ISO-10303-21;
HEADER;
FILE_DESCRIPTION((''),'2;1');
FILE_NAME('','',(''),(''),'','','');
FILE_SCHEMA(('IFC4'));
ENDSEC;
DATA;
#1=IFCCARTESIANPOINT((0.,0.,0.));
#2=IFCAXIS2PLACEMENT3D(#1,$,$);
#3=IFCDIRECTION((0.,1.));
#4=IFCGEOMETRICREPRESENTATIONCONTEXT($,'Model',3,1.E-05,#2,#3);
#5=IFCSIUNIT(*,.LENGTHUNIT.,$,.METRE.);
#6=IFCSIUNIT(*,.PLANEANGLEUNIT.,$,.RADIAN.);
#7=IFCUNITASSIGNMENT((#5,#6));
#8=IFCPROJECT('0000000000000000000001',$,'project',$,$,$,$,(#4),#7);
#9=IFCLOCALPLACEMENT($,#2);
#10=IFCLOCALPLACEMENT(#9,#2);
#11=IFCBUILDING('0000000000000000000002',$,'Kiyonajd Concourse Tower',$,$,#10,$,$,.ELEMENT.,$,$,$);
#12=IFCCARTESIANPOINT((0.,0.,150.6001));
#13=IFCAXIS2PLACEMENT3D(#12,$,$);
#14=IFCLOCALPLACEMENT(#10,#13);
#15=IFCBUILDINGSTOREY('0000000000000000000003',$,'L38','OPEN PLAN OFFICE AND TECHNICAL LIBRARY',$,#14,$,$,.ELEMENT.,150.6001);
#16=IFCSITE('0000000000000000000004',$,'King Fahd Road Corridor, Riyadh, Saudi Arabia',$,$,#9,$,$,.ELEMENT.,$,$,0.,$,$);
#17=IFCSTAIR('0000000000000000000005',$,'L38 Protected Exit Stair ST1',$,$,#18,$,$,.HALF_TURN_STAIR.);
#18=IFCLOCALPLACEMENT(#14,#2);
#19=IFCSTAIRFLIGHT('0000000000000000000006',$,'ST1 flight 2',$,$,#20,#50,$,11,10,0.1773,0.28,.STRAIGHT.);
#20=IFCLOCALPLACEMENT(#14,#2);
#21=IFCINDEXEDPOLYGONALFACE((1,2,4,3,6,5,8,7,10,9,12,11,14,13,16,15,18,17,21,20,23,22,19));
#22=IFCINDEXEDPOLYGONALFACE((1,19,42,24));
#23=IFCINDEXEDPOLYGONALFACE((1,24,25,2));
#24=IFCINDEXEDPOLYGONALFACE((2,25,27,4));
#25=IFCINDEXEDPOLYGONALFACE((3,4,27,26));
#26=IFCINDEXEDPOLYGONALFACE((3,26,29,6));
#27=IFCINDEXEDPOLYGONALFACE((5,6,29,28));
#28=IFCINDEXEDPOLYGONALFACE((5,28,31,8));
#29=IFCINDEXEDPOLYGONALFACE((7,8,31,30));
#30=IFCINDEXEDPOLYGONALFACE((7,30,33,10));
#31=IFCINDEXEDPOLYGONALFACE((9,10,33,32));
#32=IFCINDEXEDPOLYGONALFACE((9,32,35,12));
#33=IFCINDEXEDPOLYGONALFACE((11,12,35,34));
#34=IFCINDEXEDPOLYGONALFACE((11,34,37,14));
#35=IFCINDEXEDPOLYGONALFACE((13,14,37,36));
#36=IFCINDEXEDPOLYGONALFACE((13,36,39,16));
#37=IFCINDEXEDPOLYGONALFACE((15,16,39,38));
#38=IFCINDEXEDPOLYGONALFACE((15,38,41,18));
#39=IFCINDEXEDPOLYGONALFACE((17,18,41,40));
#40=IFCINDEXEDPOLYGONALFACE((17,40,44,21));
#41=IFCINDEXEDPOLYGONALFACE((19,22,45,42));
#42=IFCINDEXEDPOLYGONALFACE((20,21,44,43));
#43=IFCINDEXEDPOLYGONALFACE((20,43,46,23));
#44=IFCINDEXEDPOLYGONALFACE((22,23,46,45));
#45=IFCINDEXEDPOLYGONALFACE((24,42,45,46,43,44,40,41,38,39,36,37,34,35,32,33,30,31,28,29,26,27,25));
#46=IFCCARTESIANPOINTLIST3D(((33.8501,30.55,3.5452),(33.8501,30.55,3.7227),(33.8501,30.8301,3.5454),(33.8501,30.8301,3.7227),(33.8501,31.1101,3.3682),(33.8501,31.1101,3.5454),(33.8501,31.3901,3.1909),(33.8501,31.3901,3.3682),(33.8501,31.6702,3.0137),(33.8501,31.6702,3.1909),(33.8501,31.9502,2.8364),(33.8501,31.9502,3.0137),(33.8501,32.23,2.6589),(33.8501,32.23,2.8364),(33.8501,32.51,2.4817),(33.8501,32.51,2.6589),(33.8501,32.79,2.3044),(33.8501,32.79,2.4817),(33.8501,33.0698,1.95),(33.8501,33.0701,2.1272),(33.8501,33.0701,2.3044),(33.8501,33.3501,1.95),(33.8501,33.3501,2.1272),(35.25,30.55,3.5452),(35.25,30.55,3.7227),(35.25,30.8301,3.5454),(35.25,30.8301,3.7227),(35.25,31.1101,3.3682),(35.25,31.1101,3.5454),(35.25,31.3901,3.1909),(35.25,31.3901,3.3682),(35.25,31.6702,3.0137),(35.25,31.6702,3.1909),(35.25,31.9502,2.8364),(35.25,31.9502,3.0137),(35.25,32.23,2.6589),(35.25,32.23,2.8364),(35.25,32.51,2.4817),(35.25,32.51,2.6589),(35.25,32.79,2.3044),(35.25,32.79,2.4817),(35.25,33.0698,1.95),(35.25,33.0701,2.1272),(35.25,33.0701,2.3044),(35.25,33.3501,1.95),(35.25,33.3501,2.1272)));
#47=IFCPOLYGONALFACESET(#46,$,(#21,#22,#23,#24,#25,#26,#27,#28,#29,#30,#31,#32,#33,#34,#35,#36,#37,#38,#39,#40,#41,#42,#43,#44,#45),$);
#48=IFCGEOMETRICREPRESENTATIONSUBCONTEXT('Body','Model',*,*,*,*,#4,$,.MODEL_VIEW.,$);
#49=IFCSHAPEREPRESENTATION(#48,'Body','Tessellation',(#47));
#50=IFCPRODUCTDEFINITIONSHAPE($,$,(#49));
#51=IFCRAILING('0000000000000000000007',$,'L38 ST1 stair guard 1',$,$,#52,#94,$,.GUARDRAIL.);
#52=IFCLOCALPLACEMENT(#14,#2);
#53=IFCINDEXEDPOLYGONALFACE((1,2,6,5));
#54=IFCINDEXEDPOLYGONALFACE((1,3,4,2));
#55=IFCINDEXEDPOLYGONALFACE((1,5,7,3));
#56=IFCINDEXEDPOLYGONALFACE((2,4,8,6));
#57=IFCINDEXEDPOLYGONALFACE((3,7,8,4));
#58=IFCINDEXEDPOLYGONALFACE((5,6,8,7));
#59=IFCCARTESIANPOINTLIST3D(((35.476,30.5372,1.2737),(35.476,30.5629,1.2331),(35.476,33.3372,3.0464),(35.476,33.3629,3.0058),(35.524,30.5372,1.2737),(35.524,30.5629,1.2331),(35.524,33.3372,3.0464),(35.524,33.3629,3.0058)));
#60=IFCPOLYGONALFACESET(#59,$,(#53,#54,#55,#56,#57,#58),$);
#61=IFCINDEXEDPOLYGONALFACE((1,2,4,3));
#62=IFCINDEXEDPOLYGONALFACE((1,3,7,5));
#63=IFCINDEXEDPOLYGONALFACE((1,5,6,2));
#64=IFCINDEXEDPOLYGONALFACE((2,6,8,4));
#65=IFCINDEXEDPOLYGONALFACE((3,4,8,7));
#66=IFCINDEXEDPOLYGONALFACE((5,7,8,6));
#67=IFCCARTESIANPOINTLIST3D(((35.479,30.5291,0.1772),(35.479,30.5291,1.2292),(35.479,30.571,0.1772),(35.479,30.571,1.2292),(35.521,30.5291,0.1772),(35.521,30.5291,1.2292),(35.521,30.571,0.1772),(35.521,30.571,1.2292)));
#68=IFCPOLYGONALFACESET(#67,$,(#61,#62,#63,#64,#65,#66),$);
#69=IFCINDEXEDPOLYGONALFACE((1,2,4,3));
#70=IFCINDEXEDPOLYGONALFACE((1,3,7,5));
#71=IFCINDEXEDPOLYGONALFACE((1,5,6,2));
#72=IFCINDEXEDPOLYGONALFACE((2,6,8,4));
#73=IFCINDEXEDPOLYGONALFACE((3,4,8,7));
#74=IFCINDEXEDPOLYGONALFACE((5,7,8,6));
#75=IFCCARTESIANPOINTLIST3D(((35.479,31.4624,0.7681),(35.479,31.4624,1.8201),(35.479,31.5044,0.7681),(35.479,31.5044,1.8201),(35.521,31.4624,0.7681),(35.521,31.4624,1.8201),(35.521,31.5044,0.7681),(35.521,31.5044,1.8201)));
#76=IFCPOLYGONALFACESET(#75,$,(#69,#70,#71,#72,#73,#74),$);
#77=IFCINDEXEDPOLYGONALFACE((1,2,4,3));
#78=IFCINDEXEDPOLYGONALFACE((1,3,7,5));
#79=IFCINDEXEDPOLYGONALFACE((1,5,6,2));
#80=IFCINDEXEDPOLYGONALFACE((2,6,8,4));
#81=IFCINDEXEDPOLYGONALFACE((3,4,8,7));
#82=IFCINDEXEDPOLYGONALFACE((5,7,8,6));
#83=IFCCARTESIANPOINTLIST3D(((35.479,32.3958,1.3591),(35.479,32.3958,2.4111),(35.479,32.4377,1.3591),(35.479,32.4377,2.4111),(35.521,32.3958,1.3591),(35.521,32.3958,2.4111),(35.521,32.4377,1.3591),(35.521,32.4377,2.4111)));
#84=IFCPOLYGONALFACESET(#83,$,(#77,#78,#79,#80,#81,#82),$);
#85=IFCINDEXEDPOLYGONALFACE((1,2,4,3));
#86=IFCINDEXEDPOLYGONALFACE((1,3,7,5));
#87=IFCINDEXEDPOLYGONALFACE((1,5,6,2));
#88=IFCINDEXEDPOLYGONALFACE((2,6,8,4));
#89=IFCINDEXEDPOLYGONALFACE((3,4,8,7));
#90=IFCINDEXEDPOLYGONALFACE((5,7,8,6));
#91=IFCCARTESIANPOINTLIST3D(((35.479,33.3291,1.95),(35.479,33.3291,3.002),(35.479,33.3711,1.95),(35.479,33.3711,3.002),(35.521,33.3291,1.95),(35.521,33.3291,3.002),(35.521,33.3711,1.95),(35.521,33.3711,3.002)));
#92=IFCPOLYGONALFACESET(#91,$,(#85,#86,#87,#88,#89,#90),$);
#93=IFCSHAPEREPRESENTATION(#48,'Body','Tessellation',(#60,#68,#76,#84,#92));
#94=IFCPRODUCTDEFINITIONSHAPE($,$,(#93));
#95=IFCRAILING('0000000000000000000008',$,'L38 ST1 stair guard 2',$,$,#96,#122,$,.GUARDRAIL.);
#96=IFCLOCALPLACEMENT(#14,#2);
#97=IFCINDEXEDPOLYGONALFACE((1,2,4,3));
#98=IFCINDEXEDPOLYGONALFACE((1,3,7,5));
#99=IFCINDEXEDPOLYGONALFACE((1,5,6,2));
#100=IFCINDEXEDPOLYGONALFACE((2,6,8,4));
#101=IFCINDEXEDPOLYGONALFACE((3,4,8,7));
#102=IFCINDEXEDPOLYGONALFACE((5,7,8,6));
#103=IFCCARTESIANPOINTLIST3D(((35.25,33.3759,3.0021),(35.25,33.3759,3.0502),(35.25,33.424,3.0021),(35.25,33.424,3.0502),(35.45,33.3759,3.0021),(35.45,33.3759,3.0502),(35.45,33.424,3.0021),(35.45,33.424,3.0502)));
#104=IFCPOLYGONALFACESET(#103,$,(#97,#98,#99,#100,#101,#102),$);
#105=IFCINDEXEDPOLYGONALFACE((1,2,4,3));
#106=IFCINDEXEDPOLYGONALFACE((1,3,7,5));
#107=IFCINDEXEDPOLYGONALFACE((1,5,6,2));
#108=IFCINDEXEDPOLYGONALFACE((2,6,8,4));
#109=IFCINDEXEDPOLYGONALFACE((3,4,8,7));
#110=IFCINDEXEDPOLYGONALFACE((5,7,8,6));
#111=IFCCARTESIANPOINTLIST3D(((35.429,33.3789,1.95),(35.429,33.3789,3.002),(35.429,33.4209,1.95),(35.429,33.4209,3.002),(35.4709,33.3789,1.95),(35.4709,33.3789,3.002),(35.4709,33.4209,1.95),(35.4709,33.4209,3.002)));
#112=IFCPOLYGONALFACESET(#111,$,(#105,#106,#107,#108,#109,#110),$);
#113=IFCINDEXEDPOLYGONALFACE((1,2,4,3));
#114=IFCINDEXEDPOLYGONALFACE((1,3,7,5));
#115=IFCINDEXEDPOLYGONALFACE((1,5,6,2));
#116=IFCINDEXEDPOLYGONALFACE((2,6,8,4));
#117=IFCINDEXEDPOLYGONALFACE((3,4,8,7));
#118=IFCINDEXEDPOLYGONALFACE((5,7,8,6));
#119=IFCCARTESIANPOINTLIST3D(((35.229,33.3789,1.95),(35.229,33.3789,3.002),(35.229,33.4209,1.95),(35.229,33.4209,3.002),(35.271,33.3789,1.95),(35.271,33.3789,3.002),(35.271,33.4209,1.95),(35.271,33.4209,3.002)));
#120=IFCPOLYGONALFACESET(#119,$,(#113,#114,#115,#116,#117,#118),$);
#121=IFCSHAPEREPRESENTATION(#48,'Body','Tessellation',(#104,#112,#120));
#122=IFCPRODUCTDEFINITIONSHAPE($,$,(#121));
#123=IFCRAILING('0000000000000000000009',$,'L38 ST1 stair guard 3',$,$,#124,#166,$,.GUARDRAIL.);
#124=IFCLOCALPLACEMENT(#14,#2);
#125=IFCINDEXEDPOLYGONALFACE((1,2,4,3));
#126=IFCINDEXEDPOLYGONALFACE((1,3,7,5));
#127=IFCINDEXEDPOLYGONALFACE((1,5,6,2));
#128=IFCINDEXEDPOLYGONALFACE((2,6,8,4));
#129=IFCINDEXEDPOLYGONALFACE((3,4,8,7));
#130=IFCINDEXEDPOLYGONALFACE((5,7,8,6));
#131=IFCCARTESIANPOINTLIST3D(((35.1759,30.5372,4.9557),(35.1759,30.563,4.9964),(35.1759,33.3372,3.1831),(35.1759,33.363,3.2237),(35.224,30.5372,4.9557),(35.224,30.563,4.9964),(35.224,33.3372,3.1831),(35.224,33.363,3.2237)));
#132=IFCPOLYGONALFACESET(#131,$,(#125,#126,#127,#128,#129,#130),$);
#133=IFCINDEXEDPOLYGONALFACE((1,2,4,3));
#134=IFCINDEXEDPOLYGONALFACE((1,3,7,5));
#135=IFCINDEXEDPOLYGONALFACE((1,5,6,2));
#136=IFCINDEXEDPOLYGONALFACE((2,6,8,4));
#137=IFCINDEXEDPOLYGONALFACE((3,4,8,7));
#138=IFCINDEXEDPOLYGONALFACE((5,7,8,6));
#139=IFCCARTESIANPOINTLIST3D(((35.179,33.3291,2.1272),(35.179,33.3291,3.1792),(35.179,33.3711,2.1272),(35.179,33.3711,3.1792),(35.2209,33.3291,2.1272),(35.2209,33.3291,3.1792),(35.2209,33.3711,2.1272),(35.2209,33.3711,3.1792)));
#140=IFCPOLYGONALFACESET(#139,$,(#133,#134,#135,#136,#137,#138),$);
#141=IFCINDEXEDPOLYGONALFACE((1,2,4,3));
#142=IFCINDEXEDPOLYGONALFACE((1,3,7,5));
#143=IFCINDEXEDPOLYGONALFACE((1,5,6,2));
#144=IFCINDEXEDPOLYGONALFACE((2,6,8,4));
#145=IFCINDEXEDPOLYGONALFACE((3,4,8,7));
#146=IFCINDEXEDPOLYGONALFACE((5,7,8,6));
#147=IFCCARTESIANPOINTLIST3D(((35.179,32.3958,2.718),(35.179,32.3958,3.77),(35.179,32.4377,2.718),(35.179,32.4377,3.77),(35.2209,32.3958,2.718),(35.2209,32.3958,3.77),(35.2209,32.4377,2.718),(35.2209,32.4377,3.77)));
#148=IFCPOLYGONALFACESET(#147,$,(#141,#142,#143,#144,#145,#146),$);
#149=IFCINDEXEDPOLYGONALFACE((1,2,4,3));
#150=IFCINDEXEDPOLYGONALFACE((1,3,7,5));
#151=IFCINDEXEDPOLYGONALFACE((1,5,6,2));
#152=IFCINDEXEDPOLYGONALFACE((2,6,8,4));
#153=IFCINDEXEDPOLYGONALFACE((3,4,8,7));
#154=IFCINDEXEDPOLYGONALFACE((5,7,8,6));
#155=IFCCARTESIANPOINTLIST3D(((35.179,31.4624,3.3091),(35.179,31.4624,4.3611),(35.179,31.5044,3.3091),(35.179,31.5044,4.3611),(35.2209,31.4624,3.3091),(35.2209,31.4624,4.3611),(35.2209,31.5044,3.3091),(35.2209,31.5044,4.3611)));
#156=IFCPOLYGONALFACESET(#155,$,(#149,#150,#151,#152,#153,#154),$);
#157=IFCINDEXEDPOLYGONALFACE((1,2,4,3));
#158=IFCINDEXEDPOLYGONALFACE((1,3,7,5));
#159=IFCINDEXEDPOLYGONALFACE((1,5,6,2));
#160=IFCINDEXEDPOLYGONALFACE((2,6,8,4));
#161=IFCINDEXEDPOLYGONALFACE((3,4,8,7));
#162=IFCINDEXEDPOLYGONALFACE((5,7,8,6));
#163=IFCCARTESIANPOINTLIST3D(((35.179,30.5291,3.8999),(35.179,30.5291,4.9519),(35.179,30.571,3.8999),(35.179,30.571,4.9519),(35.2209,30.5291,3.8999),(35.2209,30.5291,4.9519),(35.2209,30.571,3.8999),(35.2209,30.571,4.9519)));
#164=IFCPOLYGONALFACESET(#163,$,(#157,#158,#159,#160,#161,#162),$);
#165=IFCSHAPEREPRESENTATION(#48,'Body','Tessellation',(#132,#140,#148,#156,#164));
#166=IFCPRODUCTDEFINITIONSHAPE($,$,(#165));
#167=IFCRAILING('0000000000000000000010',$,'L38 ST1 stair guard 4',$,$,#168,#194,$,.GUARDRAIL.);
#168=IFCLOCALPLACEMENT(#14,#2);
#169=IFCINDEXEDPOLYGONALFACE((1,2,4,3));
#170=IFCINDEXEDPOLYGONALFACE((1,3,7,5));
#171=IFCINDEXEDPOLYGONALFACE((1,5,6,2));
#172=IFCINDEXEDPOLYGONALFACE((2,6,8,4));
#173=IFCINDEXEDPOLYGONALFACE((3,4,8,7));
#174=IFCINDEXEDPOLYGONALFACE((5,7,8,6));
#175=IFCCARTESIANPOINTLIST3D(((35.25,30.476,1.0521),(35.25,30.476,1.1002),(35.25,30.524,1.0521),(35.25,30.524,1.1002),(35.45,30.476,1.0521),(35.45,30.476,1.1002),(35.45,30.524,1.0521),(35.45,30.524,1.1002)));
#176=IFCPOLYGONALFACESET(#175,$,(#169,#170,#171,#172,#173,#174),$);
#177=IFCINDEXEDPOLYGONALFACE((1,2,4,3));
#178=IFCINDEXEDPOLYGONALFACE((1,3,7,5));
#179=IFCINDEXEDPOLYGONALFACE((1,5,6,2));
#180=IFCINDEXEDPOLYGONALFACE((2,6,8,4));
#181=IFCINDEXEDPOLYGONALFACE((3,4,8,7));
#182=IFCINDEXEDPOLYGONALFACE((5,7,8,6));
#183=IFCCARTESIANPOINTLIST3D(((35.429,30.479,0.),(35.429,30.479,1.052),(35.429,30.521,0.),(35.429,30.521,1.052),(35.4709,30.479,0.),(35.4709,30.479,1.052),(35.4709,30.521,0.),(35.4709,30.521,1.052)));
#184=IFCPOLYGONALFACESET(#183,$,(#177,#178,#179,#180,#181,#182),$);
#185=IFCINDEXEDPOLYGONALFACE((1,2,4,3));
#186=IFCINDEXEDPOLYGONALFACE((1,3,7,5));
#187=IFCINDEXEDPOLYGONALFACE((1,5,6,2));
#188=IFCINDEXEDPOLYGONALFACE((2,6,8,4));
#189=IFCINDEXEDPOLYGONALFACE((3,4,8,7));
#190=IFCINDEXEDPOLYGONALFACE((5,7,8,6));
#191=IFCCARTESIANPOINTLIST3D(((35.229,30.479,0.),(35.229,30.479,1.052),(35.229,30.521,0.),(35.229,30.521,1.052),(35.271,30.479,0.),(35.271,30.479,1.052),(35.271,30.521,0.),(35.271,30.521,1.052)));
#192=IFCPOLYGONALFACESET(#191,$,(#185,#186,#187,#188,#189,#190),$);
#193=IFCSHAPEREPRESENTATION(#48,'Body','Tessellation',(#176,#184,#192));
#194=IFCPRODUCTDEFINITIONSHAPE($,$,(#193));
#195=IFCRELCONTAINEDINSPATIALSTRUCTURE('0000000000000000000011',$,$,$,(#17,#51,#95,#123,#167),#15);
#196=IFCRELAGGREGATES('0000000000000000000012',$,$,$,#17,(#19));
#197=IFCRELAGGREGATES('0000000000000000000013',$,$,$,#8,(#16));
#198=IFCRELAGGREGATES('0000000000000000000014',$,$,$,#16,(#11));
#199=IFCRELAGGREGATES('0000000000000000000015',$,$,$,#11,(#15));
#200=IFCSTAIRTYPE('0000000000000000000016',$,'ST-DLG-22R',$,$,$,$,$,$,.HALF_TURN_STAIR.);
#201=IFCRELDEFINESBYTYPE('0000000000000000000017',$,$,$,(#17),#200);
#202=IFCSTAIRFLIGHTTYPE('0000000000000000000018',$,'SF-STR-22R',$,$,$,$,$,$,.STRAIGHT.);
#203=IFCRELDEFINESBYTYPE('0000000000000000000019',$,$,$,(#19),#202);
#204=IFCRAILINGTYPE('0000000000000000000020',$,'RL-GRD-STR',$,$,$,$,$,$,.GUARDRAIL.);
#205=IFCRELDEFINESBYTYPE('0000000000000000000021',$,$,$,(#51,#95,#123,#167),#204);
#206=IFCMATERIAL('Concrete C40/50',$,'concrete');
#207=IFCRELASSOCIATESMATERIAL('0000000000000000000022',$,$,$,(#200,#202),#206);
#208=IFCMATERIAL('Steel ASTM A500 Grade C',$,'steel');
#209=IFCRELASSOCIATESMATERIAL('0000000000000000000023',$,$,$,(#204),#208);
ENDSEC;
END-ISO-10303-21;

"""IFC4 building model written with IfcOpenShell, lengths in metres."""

from ifc_helpers import new_model, si_unit, direction, frame, origin, origin_2d, place, context, subcontext, project, spatial, polyline, rectangle, outline, extrude, material, type_object, element, aggregate, save


model = new_model("IFC4")

# Units and contexts
model_context = context("Model", 3, precision=1e-05, world=origin(), true_north=direction((0.0, 1.0)))
body_context = subcontext(model_context, "Body", "Model", "MODEL_VIEW")
ifc_project = project(units=[si_unit("LENGTHUNIT", "METRE"), si_unit("PLANEANGLEUNIT", "RADIAN")], contexts=[model_context])

# Site, building, storey
site_placement = place(None, origin())
site = spatial("IfcSite", under=ifc_project, at=site_placement, Name="King Fahd Road Corridor, Riyadh, Saudi Arabia", CompositionType="ELEMENT", RefElevation=0.0)
building_placement = place(site_placement, origin())
building = spatial("IfcBuilding", under=site, at=building_placement, Name="Kiyonajd Concourse Tower", CompositionType="ELEMENT")
storey_placement = place(building_placement, frame((0.0, 0.0, 150.6001)))
storey = spatial("IfcBuildingStorey", under=building, at=storey_placement, Name="L38", Description="OPEN PLAN OFFICE AND TECHNICAL LIBRARY", CompositionType="ELEMENT", Elevation=150.6001)

# Stair, stair flight
ifc_material_1 = material(Name="Concrete C40/50", Category="concrete")
stair_type = type_object("IfcStairType", Name="ST-DLG-22R", PredefinedType="HALF_TURN_STAIR", material=ifc_material_1)
stair_placement = place(storey_placement, origin())
stair = element("IfcStair", 1, at=stair_placement, inside=storey, type_object=stair_type, Name="L38 Protected Exit Stair ST1", PredefinedType="HALF_TURN_STAIR")
stair_flight_type = type_object("IfcStairFlightType", Name="SF-STR-22R", PredefinedType="STRAIGHT", material=ifc_material_1)
stair_flight_1_placement = place(storey_placement, frame((34.55, 33.3501, 1.95), z_axis=(0.0, 0.0, 1.0), x_axis=(0.0, -1.0, 0.0)))
stair_flight_1 = element("IfcStairFlight", 2, at=stair_flight_1_placement, type_object=stair_flight_type, Name="ST1 flight 2", NumberOfRisers=11, NumberOfTreads=10, PredefinedType="STRAIGHT", RiserHeight=0.1773, TreadLength=0.28, context=body_context, shape_type="SweptSolid", body=[
    extrude(outline(polyline([(0.0, 0.0), (0.0, 0.1772), (0.28, 0.1772), (0.28, 0.3545), (0.5601, 0.3545), (0.5601, 0.5317), (0.8401, 0.5317), (0.8401, 0.709), (1.1201, 0.709), (1.1201, 0.8865), (1.3999, 0.8865), (1.3999, 1.0637), (1.6799, 1.0637), (1.6799, 1.241), (1.96, 1.241), (1.96, 1.4182), (2.24, 1.4182), (2.24, 1.5955), (2.52, 1.5955), (2.52, 1.7727), (2.8, 1.7727), (2.8, 1.95), (2.8, 1.5952), (0.2803, 0.0), (0.0, 0.0)])), frame((0.0, 0.7, 0.0), z_axis=(0.0, -1.0, 0.0), x_axis=(1.0, 0.0, 0.0)), (0.0, 0.0, 1.0), 1.3999),
])
aggregate(stair, [stair_flight_1])

# Railings
ifc_material_2 = material(Name="Steel ASTM A500 Grade C", Category="steel")
railing_type_1 = type_object("IfcRailingType", Name="RL-GRD-STR", PredefinedType="GUARDRAIL", material=ifc_material_2)
railing_1_placement = place(storey_placement, frame((35.5, 30.55, 0.1772)))
element("IfcRailing", 3, at=railing_1_placement, inside=storey, type_object=railing_type_1, Name="L38 ST1 stair guard 1", PredefinedType="GUARDRAIL", context=body_context, shape_type="SweptSolid", body=[
    extrude(rectangle(XDim=0.0481, YDim=0.0481, at=origin_2d()), frame((0.0, 0.0, 1.0762), z_axis=(0.0, 0.844909, 0.53491), x_axis=(-1.0, 0.0, 0.0)), (0.0, 0.0, 1.0), 3.314),
    extrude(rectangle(XDim=0.042, YDim=0.042, at=origin_2d()), origin(), (0.0, 0.0, 1.0), 1.052),
    extrude(rectangle(XDim=0.042, YDim=0.042, at=origin_2d()), frame((0.0, 0.9333, 0.5908)), (0.0, 0.0, 1.0), 1.052),
    extrude(rectangle(XDim=0.042, YDim=0.042, at=origin_2d()), frame((0.0, 1.8667, 1.1819)), (0.0, 0.0, 1.0), 1.052),
    extrude(rectangle(XDim=0.042, YDim=0.042, at=origin_2d()), frame((0.0, 2.8, 1.7727)), (0.0, 0.0, 1.0), 1.052),
])
railing_2_placement = place(storey_placement, frame((35.45, 33.3999, 1.95)))
element("IfcRailing", 4, at=railing_2_placement, inside=storey, type_object=railing_type_1, Name="L38 ST1 stair guard 2", PredefinedType="GUARDRAIL", context=body_context, shape_type="SweptSolid", body=[
    extrude(rectangle(XDim=0.0481, YDim=0.0481, at=origin_2d()), frame((0.0, 0.0, 1.0762), z_axis=(-1.0, 0.0, 0.0), x_axis=(0.0, -1.0, 0.0)), (0.0, 0.0, 1.0), 0.2),
    extrude(rectangle(XDim=0.042, YDim=0.042, at=origin_2d()), origin(), (0.0, 0.0, 1.0), 1.052),
    extrude(rectangle(XDim=0.042, YDim=0.042, at=origin_2d()), frame((-0.2, 0.0, 0.0)), (0.0, 0.0, 1.0), 1.052),
])
railing_3_placement = place(storey_placement, frame((35.2, 33.3501, 2.1272)))
element("IfcRailing", 5, at=railing_3_placement, inside=storey, type_object=railing_type_1, Name="L38 ST1 stair guard 3", PredefinedType="GUARDRAIL", context=body_context, shape_type="SweptSolid", body=[
    extrude(rectangle(XDim=0.0481, YDim=0.0481, at=origin_2d()), frame((0.0, 0.0, 1.0762), z_axis=(0.0, -0.844909, 0.53491), x_axis=(1.0, 0.0, 0.0)), (0.0, 0.0, 1.0), 3.314),
    extrude(rectangle(XDim=0.042, YDim=0.042, at=origin_2d()), origin(), (0.0, 0.0, 1.0), 1.052),
    extrude(rectangle(XDim=0.042, YDim=0.042, at=origin_2d()), frame((0.0, -0.9333, 0.5908)), (0.0, 0.0, 1.0), 1.052),
    extrude(rectangle(XDim=0.042, YDim=0.042, at=origin_2d()), frame((0.0, -1.8667, 1.1819)), (0.0, 0.0, 1.0), 1.052),
    extrude(rectangle(XDim=0.042, YDim=0.042, at=origin_2d()), frame((0.0, -2.8, 1.7727)), (0.0, 0.0, 1.0), 1.052),
])
railing_4_placement = place(storey_placement, frame((35.45, 30.5, 0.0)))
element("IfcRailing", 6, at=railing_4_placement, inside=storey, type_object=railing_type_1, Name="L38 ST1 stair guard 4", PredefinedType="GUARDRAIL", context=body_context, shape_type="SweptSolid", body=[
    extrude(rectangle(XDim=0.0481, YDim=0.0481, at=origin_2d()), frame((0.0, 0.0, 1.0762), z_axis=(-1.0, 0.0, 0.0), x_axis=(0.0, -1.0, 0.0)), (0.0, 0.0, 1.0), 0.2),
    extrude(rectangle(XDim=0.042, YDim=0.042, at=origin_2d()), origin(), (0.0, 0.0, 1.0), 1.052),
    extrude(rectangle(XDim=0.042, YDim=0.042, at=origin_2d()), frame((-0.2, 0.0, 0.0)), (0.0, 0.0, 1.0), 1.052),
])

save(model, "model.ifc")
